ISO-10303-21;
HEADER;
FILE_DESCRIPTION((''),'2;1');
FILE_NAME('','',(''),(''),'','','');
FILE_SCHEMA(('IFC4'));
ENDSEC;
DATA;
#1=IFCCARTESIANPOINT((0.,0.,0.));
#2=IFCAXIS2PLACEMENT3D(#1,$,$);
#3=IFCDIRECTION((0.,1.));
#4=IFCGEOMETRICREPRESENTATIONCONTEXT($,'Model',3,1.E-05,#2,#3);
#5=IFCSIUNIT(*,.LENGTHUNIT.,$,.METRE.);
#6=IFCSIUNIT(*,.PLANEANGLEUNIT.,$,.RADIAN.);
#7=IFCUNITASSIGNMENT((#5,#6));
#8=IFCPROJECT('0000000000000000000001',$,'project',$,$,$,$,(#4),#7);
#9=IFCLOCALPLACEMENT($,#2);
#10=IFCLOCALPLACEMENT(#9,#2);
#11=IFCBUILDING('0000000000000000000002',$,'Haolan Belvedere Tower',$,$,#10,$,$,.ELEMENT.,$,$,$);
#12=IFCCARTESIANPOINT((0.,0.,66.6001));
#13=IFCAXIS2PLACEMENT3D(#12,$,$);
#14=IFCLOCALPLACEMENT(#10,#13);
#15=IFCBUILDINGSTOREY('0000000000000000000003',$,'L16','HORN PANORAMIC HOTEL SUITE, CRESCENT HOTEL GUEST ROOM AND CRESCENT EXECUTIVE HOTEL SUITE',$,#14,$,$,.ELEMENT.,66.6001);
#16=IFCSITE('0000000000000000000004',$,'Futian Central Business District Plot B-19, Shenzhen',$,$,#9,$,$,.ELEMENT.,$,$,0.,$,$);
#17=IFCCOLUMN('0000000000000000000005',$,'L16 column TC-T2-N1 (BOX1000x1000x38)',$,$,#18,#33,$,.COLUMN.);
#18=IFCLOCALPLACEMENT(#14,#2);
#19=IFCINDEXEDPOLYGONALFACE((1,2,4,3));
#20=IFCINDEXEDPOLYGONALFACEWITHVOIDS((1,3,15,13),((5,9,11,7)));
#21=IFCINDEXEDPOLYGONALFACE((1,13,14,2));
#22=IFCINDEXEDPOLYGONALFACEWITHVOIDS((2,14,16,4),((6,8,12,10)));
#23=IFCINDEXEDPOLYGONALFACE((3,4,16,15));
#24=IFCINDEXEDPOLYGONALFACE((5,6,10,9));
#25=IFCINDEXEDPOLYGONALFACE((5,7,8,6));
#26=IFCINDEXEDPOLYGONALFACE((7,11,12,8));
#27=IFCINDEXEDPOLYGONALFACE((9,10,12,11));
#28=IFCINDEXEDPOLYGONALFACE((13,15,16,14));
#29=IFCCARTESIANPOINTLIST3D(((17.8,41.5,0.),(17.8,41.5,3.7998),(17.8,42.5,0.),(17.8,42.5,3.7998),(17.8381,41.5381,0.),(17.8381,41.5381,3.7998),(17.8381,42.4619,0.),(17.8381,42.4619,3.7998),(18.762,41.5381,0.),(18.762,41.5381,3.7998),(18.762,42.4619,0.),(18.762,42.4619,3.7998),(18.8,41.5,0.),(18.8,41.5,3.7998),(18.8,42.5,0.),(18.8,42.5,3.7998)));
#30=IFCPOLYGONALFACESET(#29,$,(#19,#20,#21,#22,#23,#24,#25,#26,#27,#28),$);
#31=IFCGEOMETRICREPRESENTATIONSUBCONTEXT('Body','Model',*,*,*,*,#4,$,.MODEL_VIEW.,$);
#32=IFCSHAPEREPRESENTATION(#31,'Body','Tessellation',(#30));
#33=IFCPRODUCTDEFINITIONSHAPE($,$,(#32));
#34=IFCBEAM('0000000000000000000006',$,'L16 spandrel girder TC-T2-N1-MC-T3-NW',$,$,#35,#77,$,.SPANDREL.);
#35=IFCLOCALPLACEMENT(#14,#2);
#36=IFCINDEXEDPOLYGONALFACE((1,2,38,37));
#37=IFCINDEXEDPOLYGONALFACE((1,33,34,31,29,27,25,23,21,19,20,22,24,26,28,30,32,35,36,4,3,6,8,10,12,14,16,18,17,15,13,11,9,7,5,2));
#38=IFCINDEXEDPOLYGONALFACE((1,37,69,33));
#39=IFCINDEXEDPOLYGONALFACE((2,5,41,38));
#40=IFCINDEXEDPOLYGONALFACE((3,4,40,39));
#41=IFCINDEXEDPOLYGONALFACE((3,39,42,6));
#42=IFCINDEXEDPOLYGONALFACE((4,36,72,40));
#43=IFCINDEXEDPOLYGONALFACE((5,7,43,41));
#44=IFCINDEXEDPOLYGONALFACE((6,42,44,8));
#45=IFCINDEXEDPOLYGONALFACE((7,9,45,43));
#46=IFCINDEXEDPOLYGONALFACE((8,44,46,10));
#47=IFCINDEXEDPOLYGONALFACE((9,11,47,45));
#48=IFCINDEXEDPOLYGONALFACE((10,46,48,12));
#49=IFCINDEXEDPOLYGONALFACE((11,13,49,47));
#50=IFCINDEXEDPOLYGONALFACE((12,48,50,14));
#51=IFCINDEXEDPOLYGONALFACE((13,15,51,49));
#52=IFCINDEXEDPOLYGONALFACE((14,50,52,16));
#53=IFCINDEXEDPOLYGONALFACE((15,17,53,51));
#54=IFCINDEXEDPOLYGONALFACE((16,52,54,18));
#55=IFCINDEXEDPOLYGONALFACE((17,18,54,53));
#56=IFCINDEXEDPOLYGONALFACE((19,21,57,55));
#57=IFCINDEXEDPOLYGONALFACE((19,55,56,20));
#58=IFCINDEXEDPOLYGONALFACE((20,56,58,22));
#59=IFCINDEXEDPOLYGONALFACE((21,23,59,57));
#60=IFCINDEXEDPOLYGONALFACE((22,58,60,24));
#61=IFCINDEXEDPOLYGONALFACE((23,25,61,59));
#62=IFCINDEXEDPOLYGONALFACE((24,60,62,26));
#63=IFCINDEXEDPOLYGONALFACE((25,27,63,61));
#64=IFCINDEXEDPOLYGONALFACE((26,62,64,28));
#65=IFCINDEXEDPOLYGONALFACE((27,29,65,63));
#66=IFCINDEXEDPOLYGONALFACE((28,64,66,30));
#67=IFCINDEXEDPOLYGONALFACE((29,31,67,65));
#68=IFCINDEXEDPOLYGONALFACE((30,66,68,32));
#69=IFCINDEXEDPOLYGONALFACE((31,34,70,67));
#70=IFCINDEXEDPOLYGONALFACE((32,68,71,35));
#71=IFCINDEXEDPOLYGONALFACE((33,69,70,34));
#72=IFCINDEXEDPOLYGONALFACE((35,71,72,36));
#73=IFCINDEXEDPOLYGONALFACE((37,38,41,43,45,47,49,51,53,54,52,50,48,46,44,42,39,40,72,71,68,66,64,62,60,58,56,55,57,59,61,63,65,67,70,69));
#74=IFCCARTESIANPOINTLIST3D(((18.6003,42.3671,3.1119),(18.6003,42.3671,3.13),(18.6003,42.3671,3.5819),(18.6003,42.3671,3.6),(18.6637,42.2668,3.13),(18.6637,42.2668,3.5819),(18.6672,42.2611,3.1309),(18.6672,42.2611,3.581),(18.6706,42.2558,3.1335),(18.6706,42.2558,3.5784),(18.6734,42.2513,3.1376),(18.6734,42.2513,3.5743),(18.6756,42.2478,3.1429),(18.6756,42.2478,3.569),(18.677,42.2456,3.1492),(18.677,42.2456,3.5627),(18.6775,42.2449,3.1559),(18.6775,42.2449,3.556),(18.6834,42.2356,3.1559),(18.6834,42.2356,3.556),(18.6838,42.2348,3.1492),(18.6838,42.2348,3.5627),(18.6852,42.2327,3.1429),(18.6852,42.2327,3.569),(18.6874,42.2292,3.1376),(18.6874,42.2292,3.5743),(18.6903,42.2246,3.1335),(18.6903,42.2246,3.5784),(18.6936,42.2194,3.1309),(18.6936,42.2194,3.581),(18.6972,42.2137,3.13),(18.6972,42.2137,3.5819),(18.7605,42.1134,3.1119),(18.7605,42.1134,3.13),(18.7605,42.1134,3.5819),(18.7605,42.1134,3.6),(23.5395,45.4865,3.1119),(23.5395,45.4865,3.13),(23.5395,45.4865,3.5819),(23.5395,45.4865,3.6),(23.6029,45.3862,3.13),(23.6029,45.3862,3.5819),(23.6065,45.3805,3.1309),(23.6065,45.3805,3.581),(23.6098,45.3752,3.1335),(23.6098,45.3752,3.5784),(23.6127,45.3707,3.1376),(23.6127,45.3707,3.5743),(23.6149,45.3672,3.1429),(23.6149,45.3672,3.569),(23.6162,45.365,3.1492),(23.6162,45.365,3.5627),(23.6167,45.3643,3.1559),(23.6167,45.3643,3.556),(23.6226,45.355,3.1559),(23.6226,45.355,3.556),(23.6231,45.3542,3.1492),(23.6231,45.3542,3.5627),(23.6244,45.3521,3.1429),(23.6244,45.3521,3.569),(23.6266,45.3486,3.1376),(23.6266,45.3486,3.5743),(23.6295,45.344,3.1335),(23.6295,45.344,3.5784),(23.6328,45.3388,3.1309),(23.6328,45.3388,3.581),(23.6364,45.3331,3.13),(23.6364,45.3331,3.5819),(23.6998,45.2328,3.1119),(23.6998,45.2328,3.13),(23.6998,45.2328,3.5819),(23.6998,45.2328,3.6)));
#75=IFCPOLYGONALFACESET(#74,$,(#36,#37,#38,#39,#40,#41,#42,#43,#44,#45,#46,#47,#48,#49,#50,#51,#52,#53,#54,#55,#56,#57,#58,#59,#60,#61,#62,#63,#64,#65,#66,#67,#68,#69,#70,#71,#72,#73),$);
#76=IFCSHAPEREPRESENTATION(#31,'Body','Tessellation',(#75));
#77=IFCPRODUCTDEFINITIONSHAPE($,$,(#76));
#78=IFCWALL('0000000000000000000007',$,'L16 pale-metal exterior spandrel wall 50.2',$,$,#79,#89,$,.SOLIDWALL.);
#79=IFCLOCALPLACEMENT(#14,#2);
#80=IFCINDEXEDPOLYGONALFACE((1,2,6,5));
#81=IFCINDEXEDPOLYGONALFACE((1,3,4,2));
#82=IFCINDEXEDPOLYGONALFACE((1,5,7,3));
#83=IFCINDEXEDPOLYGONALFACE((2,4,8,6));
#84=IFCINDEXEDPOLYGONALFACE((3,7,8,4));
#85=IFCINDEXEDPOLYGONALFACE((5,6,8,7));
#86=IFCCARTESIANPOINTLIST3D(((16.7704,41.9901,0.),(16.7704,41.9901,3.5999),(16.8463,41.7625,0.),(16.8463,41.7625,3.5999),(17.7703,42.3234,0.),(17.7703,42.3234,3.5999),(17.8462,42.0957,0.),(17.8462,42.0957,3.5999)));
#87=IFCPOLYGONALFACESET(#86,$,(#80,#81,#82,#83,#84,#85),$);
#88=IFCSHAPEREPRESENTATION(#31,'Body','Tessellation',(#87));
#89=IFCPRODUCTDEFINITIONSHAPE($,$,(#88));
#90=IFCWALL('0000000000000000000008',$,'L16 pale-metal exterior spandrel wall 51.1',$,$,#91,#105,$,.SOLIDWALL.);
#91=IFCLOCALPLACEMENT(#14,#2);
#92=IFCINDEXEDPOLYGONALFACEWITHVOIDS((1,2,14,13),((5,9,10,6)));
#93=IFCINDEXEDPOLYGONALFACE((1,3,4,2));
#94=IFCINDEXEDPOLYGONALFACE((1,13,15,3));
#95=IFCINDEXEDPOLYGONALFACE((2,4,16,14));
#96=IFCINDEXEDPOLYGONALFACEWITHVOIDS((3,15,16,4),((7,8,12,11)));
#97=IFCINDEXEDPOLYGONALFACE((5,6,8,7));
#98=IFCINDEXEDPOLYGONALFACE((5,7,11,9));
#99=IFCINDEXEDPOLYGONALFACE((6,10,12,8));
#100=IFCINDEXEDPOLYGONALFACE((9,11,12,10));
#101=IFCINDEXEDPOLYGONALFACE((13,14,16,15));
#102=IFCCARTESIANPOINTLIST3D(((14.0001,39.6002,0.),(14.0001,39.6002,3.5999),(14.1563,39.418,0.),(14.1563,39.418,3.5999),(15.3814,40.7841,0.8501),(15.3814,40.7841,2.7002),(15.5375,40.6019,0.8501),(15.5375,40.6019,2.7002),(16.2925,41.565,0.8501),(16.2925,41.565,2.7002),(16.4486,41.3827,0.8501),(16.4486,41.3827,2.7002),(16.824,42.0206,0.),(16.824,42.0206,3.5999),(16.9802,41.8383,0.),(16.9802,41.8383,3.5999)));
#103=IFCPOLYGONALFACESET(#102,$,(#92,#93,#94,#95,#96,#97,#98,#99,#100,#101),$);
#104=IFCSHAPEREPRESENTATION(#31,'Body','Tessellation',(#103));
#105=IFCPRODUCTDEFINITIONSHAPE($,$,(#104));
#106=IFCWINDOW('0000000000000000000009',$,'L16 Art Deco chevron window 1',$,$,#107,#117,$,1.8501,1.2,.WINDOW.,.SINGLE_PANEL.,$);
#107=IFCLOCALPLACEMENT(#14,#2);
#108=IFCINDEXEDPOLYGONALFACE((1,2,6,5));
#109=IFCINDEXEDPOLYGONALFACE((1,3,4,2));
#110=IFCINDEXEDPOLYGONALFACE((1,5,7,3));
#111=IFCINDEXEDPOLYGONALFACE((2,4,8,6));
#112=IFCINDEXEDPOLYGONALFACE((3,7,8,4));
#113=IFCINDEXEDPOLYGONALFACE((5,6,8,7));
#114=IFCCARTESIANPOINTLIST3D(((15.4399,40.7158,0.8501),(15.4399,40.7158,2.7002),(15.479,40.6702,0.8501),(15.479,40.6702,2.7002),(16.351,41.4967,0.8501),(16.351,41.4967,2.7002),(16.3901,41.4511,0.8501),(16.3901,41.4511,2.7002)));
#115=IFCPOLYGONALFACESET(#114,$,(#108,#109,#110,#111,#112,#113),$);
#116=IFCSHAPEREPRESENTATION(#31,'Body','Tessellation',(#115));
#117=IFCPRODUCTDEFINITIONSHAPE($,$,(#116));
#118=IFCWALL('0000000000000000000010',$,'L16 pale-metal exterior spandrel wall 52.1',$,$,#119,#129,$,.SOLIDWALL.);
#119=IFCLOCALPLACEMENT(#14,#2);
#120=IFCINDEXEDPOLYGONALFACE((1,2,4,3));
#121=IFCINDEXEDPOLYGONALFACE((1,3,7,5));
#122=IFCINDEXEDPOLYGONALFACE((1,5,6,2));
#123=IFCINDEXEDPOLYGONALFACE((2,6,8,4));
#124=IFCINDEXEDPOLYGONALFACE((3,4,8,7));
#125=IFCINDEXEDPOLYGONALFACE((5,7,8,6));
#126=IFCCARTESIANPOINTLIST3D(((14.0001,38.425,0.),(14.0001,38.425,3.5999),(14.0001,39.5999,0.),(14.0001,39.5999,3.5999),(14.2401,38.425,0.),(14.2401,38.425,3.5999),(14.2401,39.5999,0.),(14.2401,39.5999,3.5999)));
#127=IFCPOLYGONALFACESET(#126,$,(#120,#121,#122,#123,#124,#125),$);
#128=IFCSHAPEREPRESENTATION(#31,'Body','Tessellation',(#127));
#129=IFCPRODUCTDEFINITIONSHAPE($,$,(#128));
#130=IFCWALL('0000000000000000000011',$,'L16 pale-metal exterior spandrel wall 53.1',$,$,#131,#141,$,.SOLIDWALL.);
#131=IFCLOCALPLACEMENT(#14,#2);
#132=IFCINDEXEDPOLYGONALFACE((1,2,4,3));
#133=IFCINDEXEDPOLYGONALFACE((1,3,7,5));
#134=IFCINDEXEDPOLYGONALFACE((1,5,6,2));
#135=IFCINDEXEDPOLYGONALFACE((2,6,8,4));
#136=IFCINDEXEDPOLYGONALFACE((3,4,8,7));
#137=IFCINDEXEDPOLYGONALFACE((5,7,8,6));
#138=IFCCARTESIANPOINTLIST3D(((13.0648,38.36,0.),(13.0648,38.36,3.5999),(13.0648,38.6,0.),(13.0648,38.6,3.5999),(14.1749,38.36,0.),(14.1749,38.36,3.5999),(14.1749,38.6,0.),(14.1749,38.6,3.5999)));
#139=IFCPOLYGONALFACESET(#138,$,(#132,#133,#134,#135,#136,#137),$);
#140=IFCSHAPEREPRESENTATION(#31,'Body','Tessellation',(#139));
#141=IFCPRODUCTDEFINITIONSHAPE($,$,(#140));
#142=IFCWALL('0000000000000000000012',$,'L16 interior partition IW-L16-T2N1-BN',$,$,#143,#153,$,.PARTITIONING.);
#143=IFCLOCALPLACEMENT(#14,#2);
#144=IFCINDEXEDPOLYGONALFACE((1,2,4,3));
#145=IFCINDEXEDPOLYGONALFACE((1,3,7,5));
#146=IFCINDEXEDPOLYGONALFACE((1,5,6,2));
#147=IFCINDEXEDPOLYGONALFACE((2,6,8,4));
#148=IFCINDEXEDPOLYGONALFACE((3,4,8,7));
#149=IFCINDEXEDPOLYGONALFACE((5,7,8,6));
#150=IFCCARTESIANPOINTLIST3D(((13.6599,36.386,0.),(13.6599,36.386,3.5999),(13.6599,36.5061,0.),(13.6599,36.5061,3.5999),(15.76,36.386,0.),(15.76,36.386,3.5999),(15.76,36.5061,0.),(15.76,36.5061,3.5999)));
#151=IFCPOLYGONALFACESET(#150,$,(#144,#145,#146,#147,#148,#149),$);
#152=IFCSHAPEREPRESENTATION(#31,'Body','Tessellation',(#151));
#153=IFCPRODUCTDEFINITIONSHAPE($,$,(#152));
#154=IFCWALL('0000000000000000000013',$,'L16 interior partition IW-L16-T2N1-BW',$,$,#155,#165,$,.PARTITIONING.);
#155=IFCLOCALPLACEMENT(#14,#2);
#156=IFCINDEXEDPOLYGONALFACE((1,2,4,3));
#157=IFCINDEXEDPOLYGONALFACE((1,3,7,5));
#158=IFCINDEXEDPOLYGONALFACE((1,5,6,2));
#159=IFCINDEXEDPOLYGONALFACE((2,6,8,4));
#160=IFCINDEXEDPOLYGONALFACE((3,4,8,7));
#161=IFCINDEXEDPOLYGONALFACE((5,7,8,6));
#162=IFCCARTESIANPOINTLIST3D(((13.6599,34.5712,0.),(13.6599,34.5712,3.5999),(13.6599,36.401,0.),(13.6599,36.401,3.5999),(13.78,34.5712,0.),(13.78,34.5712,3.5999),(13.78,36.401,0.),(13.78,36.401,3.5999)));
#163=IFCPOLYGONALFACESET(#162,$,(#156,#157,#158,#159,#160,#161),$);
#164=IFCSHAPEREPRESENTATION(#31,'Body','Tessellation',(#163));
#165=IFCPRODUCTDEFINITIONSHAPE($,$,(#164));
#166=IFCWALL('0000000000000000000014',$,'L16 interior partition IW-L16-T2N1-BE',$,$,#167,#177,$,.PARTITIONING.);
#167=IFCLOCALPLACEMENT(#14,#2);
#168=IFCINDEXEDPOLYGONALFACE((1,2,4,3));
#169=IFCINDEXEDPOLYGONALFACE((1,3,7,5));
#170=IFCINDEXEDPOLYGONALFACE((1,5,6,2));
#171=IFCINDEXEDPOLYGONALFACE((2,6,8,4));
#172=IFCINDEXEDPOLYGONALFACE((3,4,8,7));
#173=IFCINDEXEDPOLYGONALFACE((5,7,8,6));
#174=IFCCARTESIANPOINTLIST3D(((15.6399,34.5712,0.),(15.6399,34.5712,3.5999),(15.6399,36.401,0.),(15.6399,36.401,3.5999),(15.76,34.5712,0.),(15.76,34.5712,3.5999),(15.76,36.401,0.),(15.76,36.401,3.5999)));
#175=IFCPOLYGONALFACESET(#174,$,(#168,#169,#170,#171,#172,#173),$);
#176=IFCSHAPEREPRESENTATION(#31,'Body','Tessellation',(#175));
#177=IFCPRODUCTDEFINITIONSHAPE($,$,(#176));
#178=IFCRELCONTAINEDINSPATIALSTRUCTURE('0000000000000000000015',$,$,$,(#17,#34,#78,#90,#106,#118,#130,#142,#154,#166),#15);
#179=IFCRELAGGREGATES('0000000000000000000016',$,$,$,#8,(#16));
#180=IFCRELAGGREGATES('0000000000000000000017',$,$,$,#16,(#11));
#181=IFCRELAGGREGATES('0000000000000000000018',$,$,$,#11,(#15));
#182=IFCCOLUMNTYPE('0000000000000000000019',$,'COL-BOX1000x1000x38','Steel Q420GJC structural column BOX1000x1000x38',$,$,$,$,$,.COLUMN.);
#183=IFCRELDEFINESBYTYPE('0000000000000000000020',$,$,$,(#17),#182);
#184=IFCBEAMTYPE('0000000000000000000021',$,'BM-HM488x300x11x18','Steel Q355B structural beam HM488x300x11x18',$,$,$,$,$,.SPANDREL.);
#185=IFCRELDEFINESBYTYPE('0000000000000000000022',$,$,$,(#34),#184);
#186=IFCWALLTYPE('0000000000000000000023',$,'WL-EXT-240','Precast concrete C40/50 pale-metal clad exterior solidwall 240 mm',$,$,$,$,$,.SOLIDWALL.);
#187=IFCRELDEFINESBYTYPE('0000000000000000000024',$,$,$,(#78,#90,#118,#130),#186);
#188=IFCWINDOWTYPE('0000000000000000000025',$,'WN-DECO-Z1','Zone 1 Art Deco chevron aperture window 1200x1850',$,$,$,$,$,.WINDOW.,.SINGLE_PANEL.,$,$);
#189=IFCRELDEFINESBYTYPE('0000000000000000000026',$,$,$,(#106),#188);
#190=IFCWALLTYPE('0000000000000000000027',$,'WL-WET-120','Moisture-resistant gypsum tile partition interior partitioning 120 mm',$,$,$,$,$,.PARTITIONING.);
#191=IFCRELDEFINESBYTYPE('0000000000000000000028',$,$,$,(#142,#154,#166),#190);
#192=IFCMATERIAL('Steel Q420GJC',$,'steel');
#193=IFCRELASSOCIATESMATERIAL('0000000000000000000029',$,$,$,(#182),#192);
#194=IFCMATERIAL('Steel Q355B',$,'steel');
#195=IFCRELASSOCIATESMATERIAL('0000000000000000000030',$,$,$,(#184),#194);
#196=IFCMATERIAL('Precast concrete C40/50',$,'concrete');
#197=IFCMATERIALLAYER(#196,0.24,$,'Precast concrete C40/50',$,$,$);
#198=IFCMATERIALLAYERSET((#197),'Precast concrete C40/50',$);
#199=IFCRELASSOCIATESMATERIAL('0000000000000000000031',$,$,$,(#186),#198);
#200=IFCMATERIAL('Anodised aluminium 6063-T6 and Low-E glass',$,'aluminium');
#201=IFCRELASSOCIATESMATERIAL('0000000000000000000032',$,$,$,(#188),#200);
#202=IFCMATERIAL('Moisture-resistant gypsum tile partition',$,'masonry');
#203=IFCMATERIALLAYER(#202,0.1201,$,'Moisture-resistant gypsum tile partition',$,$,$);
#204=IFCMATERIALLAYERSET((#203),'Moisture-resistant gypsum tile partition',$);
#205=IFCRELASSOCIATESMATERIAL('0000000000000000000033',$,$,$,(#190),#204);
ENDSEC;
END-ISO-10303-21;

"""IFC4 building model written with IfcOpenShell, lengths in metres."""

from ifc_helpers import new_model, si_unit, direction, frame, frame_2d, origin, origin_2d, place, context, subcontext, project, spatial, rectangle, hollow_rectangle, i_section, extrude, material, layer, layer_set, material_profile, profile_set, type_object, element, fill, save


model = new_model("IFC4")

# Units and contexts
model_context = context("Model", 3, precision=1e-05, world=origin(), true_north=direction((0.0, 1.0)))
body_context = subcontext(model_context, "Body", "Model", "MODEL_VIEW")
ifc_project = project(units=[si_unit("LENGTHUNIT", "METRE"), si_unit("PLANEANGLEUNIT", "RADIAN")], contexts=[model_context])

# Site, building, storey
site_placement = place(None, origin())
site = spatial("IfcSite", under=ifc_project, at=site_placement, Name="Futian Central Business District Plot B-19, Shenzhen", CompositionType="ELEMENT", RefElevation=0.0)
building_placement = place(site_placement, origin())
building = spatial("IfcBuilding", under=site, at=building_placement, Name="Haolan Belvedere Tower", CompositionType="ELEMENT")
storey_placement = place(building_placement, frame((0.0, 0.0, 66.6001)))
storey = spatial("IfcBuildingStorey", under=building, at=storey_placement, Name="L16", Description="HORN PANORAMIC HOTEL SUITE, CRESCENT HOTEL GUEST ROOM AND CRESCENT EXECUTIVE HOTEL SUITE", CompositionType="ELEMENT", Elevation=66.6001)

# Column
ifc_material_1 = material(Name="Steel Q420GJC", Category="steel")
ifc_material_profile_1 = material_profile(ifc_material_1, hollow_rectangle(XDim=1.0, YDim=1.0, WallThickness=0.0381, at=origin_2d()), Name="Steel Q420GJC")
ifc_profile_set_1 = profile_set([ifc_material_profile_1], Name="Steel Q420GJC")
column_type = type_object("IfcColumnType", Name="COL-BOX1000x1000x38", Description="Steel Q420GJC structural column BOX1000x1000x38", PredefinedType="COLUMN", material=ifc_profile_set_1)
column_placement = place(storey_placement, frame((18.3, 42.0, 0.0), z_axis=(0.0, 0.0, 1.0), x_axis=(1.0, 0.0, 0.0)))
element("IfcColumn", 1, at=column_placement, inside=storey, type_object=column_type, Name="L16 column TC-T2-N1 (BOX1000x1000x38)", PredefinedType="COLUMN", context=body_context, shape_type="SweptSolid", body=[
    extrude(hollow_rectangle(XDim=1.0, YDim=1.0, WallThickness=0.0381, at=origin_2d()), origin(), (0.0, 0.0, 1.0), 3.7998),
])

# Beam
ifc_material_2 = material(Name="Steel Q355B", Category="steel")
ifc_material_profile_2 = material_profile(ifc_material_2, i_section(OverallWidth=0.3, OverallDepth=0.488, WebThickness=0.011, FlangeThickness=0.0181, FilletRadius=0.0259, at=origin_2d()), Name="Steel Q355B")
ifc_profile_set_2 = profile_set([ifc_material_profile_2], Name="Steel Q355B")
beam_type = type_object("IfcBeamType", Name="BM-HM488x300x11x18", Description="Steel Q355B structural beam HM488x300x11x18", PredefinedType="SPANDREL", material=ifc_profile_set_2)
beam_placement = place(storey_placement, frame((18.6804, 42.2402, 3.356), z_axis=(0.845498, 0.533979, 0.0), x_axis=(-0.533979, 0.845498, 0.0)))
element("IfcBeam", 2, at=beam_placement, inside=storey, type_object=beam_type, Name="L16 spandrel girder TC-T2-N1-MC-T3-NW", PredefinedType="SPANDREL", context=body_context, shape_type="SweptSolid", body=[
    extrude(i_section(OverallWidth=0.3, OverallDepth=0.488, WebThickness=0.011, FlangeThickness=0.0181, FilletRadius=0.0259, at=origin_2d()), origin(), (0.0, 0.0, 1.0), 5.8418),
])

# Wall
ifc_material_3 = material(Name="Precast concrete C40/50", Category="concrete")
ifc_layer_1 = layer(ifc_material_3, 0.24, Name="Precast concrete C40/50")
ifc_layer_set_1 = layer_set([ifc_layer_1], Name="Precast concrete C40/50")
wall_type_1 = type_object("IfcWallType", Name="WL-EXT-240", Description="Precast concrete C40/50 pale-metal clad exterior solidwall 240 mm", PredefinedType="SOLIDWALL", material=ifc_layer_set_1)
wall_1_placement = place(storey_placement, frame((17.8081, 42.2095, 0.0), z_axis=(0.0, 0.0, 1.0), x_axis=(-0.948706, -0.316158, 0.0)))
element("IfcWall", 3, at=wall_1_placement, inside=storey, type_object=wall_type_1, Name="L16 pale-metal exterior spandrel wall 50.2", PredefinedType="SOLIDWALL", context=body_context, shape_type="SweptSolid", body=[
    extrude(rectangle(XDim=1.054, YDim=0.24, at=frame_2d((0.5269, 0.0))), origin(), (0.0, 0.0, 1.0), 3.5999),
])

# Wall, opening, window
wall_2_placement = place(storey_placement, frame((16.9021, 41.9294, 0.0), z_axis=(0.0, 0.0, 1.0), x_axis=(-0.759275, -0.65077, 0.0)))
wall_2 = element("IfcWall", 4, at=wall_2_placement, inside=storey, type_object=wall_type_1, Name="L16 pale-metal exterior spandrel wall 51.1", PredefinedType="SOLIDWALL", context=body_context, shape_type="SweptSolid", body=[
    extrude(rectangle(XDim=3.7192, YDim=0.24, at=frame_2d((1.8596, 0.0))), origin(), (0.0, 0.0, 1.0), 3.5999),
])
opening_placement = place(wall_2_placement, frame((0.7, 0.0, 0.8501)))
opening = element("IfcOpeningElement", 5, at=opening_placement, cuts=wall_2, PredefinedType="OPENING", context=body_context, shape_type="SweptSolid", body=[
    extrude(rectangle(XDim=1.2, YDim=1.8501, at=frame_2d((0.6001, 0.925))), frame((0.0, 0.1299, 0.0), z_axis=(0.0, -1.0, 0.0), x_axis=(1.0, 0.0, 0.0)), (0.0, 0.0, 1.0), 0.26),
])
ifc_material_4 = material(Name="Anodised aluminium 6063-T6 and Low-E glass", Category="aluminium")
window_type = type_object("IfcWindowType", Name="WN-DECO-Z1", Description="Zone 1 Art Deco chevron aperture window 1200x1850", PartitioningType="SINGLE_PANEL", PredefinedType="WINDOW", material=ifc_material_4)
window_placement = place(opening_placement, origin())
window = element("IfcWindow", 6, at=window_placement, inside=storey, type_object=window_type, Name="L16 Art Deco chevron window 1", OverallHeight=1.8501, OverallWidth=1.2, PartitioningType="SINGLE_PANEL", PredefinedType="WINDOW", context=body_context, shape_type="SweptSolid", body=[
    extrude(rectangle(XDim=1.2, YDim=1.8501, at=frame_2d((0.6001, 0.925))), frame((0.0, 0.03, 0.0), z_axis=(0.0, -1.0, 0.0), x_axis=(1.0, 0.0, 0.0)), (0.0, 0.0, 1.0), 0.0601),
])
fill(opening, window)

# Walls
wall_3_placement = place(storey_placement, frame((14.1201, 39.5999, 0.0), z_axis=(0.0, 0.0, 1.0), x_axis=(0.0, -1.0, 0.0)))
element("IfcWall", 7, at=wall_3_placement, inside=storey, type_object=wall_type_1, Name="L16 pale-metal exterior spandrel wall 52.1", PredefinedType="SOLIDWALL", context=body_context, shape_type="SweptSolid", body=[
    extrude(rectangle(XDim=1.1748, YDim=0.24, at=frame_2d((0.5874, 0.0))), origin(), (0.0, 0.0, 1.0), 3.5999),
])
wall_4_placement = place(storey_placement, frame((14.175, 38.48, 0.0), z_axis=(0.0, 0.0, 1.0), x_axis=(-1.0, 0.0, 0.0)))
element("IfcWall", 8, at=wall_4_placement, inside=storey, type_object=wall_type_1, Name="L16 pale-metal exterior spandrel wall 53.1", PredefinedType="SOLIDWALL", context=body_context, shape_type="SweptSolid", body=[
    extrude(rectangle(XDim=1.1101, YDim=0.24, at=frame_2d((0.5552, 0.0))), origin(), (0.0, 0.0, 1.0), 3.5999),
])
ifc_material_5 = material(Name="Moisture-resistant gypsum tile partition", Category="masonry")
ifc_layer_2 = layer(ifc_material_5, 0.1201, Name="Moisture-resistant gypsum tile partition")
ifc_layer_set_2 = layer_set([ifc_layer_2], Name="Moisture-resistant gypsum tile partition")
wall_type_2 = type_object("IfcWallType", Name="WL-WET-120", Description="Moisture-resistant gypsum tile partition interior partitioning 120 mm", PredefinedType="PARTITIONING", material=ifc_layer_set_2)
wall_5_placement = place(storey_placement, frame((13.6599, 36.446, 0.0), z_axis=(0.0, 0.0, 1.0), x_axis=(1.0, 0.0, 0.0)))
element("IfcWall", 9, at=wall_5_placement, inside=storey, type_object=wall_type_2, Name="L16 interior partition IW-L16-T2N1-BN", PredefinedType="PARTITIONING", context=body_context, shape_type="SweptSolid", body=[
    extrude(rectangle(XDim=2.1001, YDim=0.1201, at=frame_2d((1.05, 0.0))), origin(), (0.0, 0.0, 1.0), 3.5999),
])
for number, where, z_axis, x_axis, name in (
    (10, (13.72, 34.571, 0.0), (0.0, 0.0, 1.0), (0.0, 1.0, 0.0), "L16 interior partition IW-L16-T2N1-BW"),
    (11, (15.7, 34.571, 0.0), (0.0, 0.0, 1.0), (0.0, 1.0, 0.0), "L16 interior partition IW-L16-T2N1-BE"),
):
    element("IfcWall", number, at=place(storey_placement, frame(where, z_axis=z_axis, x_axis=x_axis)), inside=storey, type_object=wall_type_2, Name=name, PredefinedType="PARTITIONING", context=body_context, shape_type="SweptSolid", body=[
        extrude(rectangle(XDim=1.8298, YDim=0.1201, at=frame_2d((0.915, 0.0))), origin(), (0.0, 0.0, 1.0), 3.5999),
    ])

save(model, "model.ifc")
